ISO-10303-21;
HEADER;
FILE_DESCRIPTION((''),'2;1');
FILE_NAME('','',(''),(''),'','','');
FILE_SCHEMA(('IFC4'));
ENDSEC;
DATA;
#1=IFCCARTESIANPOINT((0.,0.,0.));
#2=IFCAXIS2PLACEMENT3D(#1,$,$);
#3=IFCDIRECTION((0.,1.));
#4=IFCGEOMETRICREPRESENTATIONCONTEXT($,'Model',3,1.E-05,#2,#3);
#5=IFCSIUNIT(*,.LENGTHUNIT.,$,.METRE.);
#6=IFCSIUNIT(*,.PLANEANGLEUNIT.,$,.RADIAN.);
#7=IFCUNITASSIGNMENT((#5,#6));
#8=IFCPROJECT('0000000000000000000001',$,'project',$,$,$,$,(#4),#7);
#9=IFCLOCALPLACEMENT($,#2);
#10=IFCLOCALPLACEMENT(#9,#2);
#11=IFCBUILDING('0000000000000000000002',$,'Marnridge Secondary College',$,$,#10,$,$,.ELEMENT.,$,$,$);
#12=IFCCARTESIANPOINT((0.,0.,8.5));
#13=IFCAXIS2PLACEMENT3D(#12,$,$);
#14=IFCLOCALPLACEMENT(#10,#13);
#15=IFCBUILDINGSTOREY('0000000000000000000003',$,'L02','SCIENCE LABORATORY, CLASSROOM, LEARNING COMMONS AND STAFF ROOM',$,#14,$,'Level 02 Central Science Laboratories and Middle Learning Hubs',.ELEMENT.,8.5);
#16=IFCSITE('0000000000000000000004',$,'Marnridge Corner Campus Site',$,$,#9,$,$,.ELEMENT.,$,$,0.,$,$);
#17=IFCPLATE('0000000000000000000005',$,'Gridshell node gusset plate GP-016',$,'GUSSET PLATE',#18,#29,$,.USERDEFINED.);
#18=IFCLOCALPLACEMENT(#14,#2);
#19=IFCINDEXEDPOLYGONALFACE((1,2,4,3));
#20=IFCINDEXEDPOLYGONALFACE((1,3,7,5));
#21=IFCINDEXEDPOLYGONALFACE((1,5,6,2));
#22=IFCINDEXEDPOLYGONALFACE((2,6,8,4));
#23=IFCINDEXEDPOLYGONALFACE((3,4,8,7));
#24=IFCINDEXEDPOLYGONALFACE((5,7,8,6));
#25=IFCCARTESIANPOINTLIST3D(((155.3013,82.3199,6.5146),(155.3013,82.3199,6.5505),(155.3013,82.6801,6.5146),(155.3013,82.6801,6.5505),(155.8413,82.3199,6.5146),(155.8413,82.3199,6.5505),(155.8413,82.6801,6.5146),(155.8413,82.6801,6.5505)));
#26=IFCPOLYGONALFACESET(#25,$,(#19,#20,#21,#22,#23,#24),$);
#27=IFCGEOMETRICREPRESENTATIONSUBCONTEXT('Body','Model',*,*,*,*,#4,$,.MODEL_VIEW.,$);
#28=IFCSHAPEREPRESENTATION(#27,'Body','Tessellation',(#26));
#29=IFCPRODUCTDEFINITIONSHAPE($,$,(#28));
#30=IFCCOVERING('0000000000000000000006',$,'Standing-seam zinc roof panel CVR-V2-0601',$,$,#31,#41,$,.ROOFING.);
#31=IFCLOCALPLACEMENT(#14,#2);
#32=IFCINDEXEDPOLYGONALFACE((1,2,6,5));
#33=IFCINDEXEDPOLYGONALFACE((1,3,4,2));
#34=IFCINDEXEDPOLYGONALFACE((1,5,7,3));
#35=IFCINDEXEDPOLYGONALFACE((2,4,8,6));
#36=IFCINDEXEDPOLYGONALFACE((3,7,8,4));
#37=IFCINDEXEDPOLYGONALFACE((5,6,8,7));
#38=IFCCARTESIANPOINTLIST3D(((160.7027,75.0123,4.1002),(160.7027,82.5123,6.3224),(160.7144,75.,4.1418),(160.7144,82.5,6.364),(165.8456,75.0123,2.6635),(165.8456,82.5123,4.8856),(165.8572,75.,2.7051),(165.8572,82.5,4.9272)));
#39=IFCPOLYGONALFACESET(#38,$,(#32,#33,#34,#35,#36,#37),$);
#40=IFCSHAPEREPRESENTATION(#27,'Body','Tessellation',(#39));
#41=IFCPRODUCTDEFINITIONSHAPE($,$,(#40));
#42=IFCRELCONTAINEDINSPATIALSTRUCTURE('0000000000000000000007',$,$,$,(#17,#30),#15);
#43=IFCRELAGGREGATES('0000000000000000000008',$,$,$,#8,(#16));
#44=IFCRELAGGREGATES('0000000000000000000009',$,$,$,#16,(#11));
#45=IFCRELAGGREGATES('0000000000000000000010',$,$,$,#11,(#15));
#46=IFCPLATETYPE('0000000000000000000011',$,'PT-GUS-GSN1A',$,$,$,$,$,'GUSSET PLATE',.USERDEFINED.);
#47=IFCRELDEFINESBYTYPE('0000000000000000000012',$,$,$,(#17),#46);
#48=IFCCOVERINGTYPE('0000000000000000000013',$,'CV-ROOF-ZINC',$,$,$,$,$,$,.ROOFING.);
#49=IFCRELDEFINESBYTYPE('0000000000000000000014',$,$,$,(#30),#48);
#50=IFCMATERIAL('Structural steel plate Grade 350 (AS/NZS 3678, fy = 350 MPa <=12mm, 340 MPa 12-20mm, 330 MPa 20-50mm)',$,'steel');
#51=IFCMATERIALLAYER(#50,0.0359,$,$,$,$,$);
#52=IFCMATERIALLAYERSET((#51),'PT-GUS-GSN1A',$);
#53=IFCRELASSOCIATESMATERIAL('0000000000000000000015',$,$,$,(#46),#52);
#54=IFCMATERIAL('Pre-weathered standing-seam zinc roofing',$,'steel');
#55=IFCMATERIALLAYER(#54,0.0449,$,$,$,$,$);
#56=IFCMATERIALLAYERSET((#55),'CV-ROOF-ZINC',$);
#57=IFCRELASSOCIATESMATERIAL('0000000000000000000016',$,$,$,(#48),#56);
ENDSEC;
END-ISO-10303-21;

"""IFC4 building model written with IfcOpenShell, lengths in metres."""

from ifc_helpers import new_model, si_unit, direction, frame, origin, origin_2d, place, context, subcontext, project, spatial, polyline, rectangle, outline, extrude, material, layer, layer_set, type_object, element, save


model = new_model("IFC4")

# Units and contexts
model_context = context("Model", 3, precision=1e-05, world=origin(), true_north=direction((0.0, 1.0)))
body_context = subcontext(model_context, "Body", "Model", "MODEL_VIEW")
ifc_project = project(units=[si_unit("LENGTHUNIT", "METRE"), si_unit("PLANEANGLEUNIT", "RADIAN")], contexts=[model_context])

# Site, building, storey
site_placement = place(None, origin())
site = spatial("IfcSite", under=ifc_project, at=site_placement, Name="Marnridge Corner Campus Site", CompositionType="ELEMENT", RefElevation=0.0)
building_placement = place(site_placement, origin())
building = spatial("IfcBuilding", under=site, at=building_placement, Name="Marnridge Secondary College", CompositionType="ELEMENT")
storey_placement = place(building_placement, frame((0.0, 0.0, 8.5)))
storey = spatial("IfcBuildingStorey", under=building, at=storey_placement, Name="L02", Description="SCIENCE LABORATORY, CLASSROOM, LEARNING COMMONS AND STAFF ROOM", LongName="Level 02 Central Science Laboratories and Middle Learning Hubs", CompositionType="ELEMENT", Elevation=8.5)

# Plate
ifc_material_1 = material(Name="Structural steel plate Grade 350 (AS/NZS 3678, fy = 350 MPa <=12mm, 340 MPa 12-20mm, 330 MPa 20-50mm)", Category="steel")
ifc_layer_1 = layer(ifc_material_1, 0.0359)
ifc_layer_set_1 = layer_set([ifc_layer_1], Name="PT-GUS-GSN1A")
plate_type_1 = type_object("IfcPlateType", Name="PT-GUS-GSN1A", ElementType="GUSSET PLATE", PredefinedType="USERDEFINED", material=ifc_layer_set_1)
plate_1_placement = place(storey_placement, frame((155.5713, 82.5, 6.5146), z_axis=(0.0, 0.0, 1.0), x_axis=(1.0, 0.0, 0.0)))
element("IfcPlate", 1, at=plate_1_placement, inside=storey, type_object=plate_type_1, Name="Gridshell node gusset plate GP-016", ObjectType="GUSSET PLATE", PredefinedType="USERDEFINED", context=body_context, shape_type="SweptSolid", body=[
    extrude(rectangle(XDim=0.54, YDim=0.3601, at=origin_2d()), origin(), (0.0, 0.0, 1.0), 0.0359),
])

# Covering
ifc_material_2 = material(Name="Pre-weathered standing-seam zinc roofing", Category="steel")
ifc_layer_2 = layer(ifc_material_2, 0.0449)
ifc_layer_set_2 = layer_set([ifc_layer_2], Name="CV-ROOF-ZINC")
covering_type = type_object("IfcCoveringType", Name="CV-ROOF-ZINC", PredefinedType="ROOFING", material=ifc_layer_set_2)
covering_placement = place(storey_placement, frame((160.7144, 75.0, 4.1418), z_axis=(0.258742, -0.274408, 0.92615), x_axis=(0.963121, 0.0, -0.26907)))
element("IfcCovering", 2, at=covering_placement, inside=storey, type_object=covering_type, Name="Standing-seam zinc roof panel CVR-V2-0601", PredefinedType="ROOFING", context=body_context, shape_type="SweptSolid", body=[
    extrude(outline(polyline([(0.0, 0.0), (5.3397, 0.0), (4.7418, 7.7994), (-0.5979, 7.7994), (0.0, 0.0)])), origin(), (0.0, 0.0, -1.0), 0.0449),
])

save(model, "model.ifc")
